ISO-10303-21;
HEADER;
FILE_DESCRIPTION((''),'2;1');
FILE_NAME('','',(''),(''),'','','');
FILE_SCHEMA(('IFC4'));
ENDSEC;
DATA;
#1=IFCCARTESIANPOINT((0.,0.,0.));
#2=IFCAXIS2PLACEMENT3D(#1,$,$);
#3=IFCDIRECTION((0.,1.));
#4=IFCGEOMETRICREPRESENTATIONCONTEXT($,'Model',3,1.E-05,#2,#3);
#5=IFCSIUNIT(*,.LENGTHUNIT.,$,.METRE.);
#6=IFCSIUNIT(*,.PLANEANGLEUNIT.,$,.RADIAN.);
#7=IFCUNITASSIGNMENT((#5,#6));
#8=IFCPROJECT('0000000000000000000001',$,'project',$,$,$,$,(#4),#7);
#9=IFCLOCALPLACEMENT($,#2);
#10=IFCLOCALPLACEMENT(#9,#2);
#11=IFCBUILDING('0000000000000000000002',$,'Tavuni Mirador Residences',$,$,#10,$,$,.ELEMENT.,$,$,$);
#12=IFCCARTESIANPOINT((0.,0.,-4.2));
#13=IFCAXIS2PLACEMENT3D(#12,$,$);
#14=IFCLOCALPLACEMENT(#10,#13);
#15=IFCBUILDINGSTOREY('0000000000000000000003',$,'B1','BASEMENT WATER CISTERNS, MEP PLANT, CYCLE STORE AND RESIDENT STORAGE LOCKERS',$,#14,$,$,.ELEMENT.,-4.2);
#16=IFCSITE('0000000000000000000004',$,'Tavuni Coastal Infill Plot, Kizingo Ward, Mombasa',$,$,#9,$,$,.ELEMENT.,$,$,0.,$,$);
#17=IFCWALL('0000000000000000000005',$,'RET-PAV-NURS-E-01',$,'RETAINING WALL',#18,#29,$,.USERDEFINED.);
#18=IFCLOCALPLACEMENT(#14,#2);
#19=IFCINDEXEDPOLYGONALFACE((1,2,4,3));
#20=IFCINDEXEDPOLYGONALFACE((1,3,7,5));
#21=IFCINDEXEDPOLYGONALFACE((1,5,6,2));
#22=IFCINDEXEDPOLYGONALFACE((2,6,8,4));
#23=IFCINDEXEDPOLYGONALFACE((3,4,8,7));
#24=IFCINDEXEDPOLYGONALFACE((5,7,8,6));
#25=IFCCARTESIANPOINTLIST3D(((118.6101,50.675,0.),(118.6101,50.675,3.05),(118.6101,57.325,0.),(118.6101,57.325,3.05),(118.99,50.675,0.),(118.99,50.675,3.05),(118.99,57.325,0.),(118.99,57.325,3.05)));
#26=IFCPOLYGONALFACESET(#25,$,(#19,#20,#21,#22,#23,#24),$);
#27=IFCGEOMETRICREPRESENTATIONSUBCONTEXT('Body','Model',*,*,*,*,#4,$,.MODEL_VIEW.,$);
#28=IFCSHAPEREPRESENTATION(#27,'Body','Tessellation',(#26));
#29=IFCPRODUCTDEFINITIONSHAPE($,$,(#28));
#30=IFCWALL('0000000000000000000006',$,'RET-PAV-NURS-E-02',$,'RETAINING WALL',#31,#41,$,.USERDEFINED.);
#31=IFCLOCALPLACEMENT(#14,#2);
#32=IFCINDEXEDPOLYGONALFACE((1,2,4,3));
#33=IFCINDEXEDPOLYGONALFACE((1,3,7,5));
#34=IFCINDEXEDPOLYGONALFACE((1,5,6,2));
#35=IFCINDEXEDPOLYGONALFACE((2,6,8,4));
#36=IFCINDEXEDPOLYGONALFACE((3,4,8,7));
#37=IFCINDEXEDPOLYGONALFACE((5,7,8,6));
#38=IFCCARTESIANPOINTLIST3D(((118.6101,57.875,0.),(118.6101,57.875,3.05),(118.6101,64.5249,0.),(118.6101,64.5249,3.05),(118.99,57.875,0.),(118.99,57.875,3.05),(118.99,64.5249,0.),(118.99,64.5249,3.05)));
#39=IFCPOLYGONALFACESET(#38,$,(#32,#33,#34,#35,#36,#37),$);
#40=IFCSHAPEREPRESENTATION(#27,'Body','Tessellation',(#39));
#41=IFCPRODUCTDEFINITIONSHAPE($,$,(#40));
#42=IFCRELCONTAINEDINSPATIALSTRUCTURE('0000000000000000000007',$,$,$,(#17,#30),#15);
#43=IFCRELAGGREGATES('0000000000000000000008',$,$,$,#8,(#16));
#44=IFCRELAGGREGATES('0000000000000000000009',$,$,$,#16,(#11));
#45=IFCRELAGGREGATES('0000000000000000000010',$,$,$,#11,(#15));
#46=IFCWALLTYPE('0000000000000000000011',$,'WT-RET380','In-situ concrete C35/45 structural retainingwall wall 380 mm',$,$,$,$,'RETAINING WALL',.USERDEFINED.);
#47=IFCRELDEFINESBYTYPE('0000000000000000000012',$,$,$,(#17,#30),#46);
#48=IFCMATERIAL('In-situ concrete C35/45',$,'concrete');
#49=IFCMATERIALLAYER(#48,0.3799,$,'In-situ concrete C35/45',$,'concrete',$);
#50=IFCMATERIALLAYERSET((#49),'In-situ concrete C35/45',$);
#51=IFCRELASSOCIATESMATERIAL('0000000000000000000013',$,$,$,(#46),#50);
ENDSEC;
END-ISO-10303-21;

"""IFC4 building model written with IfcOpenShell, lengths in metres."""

from ifc_helpers import new_model, si_unit, direction, frame, frame_2d, origin, place, context, subcontext, project, spatial, rectangle, extrude, material, layer, layer_set, type_object, element, save


model = new_model("IFC4")

# Units and contexts
model_context = context("Model", 3, precision=1e-05, world=origin(), true_north=direction((0.0, 1.0)))
body_context = subcontext(model_context, "Body", "Model", "MODEL_VIEW")
ifc_project = project(units=[si_unit("LENGTHUNIT", "METRE"), si_unit("PLANEANGLEUNIT", "RADIAN")], contexts=[model_context])

# Site, building, storey
site_placement = place(None, origin())
site = spatial("IfcSite", under=ifc_project, at=site_placement, Name="Tavuni Coastal Infill Plot, Kizingo Ward, Mombasa", CompositionType="ELEMENT", RefElevation=0.0)
building_placement = place(site_placement, origin())
building = spatial("IfcBuilding", under=site, at=building_placement, Name="Tavuni Mirador Residences", CompositionType="ELEMENT")
storey_placement = place(building_placement, frame((0.0, 0.0, -4.2)))
storey = spatial("IfcBuildingStorey", under=building, at=storey_placement, Name="B1", Description="BASEMENT WATER CISTERNS, MEP PLANT, CYCLE STORE AND RESIDENT STORAGE LOCKERS", CompositionType="ELEMENT", Elevation=-4.2)

# Shared definitions
ifc_material_1 = material(Name="In-situ concrete C35/45", Category="concrete")

# Walls
ifc_layer = layer(ifc_material_1, 0.3799, Name="In-situ concrete C35/45", Category="concrete")
ifc_layer_set = layer_set([ifc_layer], Name="In-situ concrete C35/45")
wall_type = type_object("IfcWallType", Name="WT-RET380", Description="In-situ concrete C35/45 structural retainingwall wall 380 mm", ElementType="RETAINING WALL", PredefinedType="USERDEFINED", material=ifc_layer_set)
for number, where, z_axis, x_axis, name in (
    (1, (118.8, 50.675, 0.0), (0.0, 0.0, 1.0), (0.0, 1.0, 0.0), "RET-PAV-NURS-E-01"),
    (2, (118.8, 57.875, 0.0), (0.0, 0.0, 1.0), (0.0, 1.0, 0.0), "RET-PAV-NURS-E-02"),
):
    element("IfcWall", number, at=place(storey_placement, frame(where, z_axis=z_axis, x_axis=x_axis)), inside=storey, type_object=wall_type, Name=name, ObjectType="RETAINING WALL", PredefinedType="USERDEFINED", context=body_context, shape_type="SweptSolid", body=[
        extrude(rectangle(XDim=6.6499, YDim=0.3799, at=frame_2d((3.325, 0.0))), origin(), (0.0, 0.0, 1.0), 3.05),
    ])

save(model, "model.ifc")
